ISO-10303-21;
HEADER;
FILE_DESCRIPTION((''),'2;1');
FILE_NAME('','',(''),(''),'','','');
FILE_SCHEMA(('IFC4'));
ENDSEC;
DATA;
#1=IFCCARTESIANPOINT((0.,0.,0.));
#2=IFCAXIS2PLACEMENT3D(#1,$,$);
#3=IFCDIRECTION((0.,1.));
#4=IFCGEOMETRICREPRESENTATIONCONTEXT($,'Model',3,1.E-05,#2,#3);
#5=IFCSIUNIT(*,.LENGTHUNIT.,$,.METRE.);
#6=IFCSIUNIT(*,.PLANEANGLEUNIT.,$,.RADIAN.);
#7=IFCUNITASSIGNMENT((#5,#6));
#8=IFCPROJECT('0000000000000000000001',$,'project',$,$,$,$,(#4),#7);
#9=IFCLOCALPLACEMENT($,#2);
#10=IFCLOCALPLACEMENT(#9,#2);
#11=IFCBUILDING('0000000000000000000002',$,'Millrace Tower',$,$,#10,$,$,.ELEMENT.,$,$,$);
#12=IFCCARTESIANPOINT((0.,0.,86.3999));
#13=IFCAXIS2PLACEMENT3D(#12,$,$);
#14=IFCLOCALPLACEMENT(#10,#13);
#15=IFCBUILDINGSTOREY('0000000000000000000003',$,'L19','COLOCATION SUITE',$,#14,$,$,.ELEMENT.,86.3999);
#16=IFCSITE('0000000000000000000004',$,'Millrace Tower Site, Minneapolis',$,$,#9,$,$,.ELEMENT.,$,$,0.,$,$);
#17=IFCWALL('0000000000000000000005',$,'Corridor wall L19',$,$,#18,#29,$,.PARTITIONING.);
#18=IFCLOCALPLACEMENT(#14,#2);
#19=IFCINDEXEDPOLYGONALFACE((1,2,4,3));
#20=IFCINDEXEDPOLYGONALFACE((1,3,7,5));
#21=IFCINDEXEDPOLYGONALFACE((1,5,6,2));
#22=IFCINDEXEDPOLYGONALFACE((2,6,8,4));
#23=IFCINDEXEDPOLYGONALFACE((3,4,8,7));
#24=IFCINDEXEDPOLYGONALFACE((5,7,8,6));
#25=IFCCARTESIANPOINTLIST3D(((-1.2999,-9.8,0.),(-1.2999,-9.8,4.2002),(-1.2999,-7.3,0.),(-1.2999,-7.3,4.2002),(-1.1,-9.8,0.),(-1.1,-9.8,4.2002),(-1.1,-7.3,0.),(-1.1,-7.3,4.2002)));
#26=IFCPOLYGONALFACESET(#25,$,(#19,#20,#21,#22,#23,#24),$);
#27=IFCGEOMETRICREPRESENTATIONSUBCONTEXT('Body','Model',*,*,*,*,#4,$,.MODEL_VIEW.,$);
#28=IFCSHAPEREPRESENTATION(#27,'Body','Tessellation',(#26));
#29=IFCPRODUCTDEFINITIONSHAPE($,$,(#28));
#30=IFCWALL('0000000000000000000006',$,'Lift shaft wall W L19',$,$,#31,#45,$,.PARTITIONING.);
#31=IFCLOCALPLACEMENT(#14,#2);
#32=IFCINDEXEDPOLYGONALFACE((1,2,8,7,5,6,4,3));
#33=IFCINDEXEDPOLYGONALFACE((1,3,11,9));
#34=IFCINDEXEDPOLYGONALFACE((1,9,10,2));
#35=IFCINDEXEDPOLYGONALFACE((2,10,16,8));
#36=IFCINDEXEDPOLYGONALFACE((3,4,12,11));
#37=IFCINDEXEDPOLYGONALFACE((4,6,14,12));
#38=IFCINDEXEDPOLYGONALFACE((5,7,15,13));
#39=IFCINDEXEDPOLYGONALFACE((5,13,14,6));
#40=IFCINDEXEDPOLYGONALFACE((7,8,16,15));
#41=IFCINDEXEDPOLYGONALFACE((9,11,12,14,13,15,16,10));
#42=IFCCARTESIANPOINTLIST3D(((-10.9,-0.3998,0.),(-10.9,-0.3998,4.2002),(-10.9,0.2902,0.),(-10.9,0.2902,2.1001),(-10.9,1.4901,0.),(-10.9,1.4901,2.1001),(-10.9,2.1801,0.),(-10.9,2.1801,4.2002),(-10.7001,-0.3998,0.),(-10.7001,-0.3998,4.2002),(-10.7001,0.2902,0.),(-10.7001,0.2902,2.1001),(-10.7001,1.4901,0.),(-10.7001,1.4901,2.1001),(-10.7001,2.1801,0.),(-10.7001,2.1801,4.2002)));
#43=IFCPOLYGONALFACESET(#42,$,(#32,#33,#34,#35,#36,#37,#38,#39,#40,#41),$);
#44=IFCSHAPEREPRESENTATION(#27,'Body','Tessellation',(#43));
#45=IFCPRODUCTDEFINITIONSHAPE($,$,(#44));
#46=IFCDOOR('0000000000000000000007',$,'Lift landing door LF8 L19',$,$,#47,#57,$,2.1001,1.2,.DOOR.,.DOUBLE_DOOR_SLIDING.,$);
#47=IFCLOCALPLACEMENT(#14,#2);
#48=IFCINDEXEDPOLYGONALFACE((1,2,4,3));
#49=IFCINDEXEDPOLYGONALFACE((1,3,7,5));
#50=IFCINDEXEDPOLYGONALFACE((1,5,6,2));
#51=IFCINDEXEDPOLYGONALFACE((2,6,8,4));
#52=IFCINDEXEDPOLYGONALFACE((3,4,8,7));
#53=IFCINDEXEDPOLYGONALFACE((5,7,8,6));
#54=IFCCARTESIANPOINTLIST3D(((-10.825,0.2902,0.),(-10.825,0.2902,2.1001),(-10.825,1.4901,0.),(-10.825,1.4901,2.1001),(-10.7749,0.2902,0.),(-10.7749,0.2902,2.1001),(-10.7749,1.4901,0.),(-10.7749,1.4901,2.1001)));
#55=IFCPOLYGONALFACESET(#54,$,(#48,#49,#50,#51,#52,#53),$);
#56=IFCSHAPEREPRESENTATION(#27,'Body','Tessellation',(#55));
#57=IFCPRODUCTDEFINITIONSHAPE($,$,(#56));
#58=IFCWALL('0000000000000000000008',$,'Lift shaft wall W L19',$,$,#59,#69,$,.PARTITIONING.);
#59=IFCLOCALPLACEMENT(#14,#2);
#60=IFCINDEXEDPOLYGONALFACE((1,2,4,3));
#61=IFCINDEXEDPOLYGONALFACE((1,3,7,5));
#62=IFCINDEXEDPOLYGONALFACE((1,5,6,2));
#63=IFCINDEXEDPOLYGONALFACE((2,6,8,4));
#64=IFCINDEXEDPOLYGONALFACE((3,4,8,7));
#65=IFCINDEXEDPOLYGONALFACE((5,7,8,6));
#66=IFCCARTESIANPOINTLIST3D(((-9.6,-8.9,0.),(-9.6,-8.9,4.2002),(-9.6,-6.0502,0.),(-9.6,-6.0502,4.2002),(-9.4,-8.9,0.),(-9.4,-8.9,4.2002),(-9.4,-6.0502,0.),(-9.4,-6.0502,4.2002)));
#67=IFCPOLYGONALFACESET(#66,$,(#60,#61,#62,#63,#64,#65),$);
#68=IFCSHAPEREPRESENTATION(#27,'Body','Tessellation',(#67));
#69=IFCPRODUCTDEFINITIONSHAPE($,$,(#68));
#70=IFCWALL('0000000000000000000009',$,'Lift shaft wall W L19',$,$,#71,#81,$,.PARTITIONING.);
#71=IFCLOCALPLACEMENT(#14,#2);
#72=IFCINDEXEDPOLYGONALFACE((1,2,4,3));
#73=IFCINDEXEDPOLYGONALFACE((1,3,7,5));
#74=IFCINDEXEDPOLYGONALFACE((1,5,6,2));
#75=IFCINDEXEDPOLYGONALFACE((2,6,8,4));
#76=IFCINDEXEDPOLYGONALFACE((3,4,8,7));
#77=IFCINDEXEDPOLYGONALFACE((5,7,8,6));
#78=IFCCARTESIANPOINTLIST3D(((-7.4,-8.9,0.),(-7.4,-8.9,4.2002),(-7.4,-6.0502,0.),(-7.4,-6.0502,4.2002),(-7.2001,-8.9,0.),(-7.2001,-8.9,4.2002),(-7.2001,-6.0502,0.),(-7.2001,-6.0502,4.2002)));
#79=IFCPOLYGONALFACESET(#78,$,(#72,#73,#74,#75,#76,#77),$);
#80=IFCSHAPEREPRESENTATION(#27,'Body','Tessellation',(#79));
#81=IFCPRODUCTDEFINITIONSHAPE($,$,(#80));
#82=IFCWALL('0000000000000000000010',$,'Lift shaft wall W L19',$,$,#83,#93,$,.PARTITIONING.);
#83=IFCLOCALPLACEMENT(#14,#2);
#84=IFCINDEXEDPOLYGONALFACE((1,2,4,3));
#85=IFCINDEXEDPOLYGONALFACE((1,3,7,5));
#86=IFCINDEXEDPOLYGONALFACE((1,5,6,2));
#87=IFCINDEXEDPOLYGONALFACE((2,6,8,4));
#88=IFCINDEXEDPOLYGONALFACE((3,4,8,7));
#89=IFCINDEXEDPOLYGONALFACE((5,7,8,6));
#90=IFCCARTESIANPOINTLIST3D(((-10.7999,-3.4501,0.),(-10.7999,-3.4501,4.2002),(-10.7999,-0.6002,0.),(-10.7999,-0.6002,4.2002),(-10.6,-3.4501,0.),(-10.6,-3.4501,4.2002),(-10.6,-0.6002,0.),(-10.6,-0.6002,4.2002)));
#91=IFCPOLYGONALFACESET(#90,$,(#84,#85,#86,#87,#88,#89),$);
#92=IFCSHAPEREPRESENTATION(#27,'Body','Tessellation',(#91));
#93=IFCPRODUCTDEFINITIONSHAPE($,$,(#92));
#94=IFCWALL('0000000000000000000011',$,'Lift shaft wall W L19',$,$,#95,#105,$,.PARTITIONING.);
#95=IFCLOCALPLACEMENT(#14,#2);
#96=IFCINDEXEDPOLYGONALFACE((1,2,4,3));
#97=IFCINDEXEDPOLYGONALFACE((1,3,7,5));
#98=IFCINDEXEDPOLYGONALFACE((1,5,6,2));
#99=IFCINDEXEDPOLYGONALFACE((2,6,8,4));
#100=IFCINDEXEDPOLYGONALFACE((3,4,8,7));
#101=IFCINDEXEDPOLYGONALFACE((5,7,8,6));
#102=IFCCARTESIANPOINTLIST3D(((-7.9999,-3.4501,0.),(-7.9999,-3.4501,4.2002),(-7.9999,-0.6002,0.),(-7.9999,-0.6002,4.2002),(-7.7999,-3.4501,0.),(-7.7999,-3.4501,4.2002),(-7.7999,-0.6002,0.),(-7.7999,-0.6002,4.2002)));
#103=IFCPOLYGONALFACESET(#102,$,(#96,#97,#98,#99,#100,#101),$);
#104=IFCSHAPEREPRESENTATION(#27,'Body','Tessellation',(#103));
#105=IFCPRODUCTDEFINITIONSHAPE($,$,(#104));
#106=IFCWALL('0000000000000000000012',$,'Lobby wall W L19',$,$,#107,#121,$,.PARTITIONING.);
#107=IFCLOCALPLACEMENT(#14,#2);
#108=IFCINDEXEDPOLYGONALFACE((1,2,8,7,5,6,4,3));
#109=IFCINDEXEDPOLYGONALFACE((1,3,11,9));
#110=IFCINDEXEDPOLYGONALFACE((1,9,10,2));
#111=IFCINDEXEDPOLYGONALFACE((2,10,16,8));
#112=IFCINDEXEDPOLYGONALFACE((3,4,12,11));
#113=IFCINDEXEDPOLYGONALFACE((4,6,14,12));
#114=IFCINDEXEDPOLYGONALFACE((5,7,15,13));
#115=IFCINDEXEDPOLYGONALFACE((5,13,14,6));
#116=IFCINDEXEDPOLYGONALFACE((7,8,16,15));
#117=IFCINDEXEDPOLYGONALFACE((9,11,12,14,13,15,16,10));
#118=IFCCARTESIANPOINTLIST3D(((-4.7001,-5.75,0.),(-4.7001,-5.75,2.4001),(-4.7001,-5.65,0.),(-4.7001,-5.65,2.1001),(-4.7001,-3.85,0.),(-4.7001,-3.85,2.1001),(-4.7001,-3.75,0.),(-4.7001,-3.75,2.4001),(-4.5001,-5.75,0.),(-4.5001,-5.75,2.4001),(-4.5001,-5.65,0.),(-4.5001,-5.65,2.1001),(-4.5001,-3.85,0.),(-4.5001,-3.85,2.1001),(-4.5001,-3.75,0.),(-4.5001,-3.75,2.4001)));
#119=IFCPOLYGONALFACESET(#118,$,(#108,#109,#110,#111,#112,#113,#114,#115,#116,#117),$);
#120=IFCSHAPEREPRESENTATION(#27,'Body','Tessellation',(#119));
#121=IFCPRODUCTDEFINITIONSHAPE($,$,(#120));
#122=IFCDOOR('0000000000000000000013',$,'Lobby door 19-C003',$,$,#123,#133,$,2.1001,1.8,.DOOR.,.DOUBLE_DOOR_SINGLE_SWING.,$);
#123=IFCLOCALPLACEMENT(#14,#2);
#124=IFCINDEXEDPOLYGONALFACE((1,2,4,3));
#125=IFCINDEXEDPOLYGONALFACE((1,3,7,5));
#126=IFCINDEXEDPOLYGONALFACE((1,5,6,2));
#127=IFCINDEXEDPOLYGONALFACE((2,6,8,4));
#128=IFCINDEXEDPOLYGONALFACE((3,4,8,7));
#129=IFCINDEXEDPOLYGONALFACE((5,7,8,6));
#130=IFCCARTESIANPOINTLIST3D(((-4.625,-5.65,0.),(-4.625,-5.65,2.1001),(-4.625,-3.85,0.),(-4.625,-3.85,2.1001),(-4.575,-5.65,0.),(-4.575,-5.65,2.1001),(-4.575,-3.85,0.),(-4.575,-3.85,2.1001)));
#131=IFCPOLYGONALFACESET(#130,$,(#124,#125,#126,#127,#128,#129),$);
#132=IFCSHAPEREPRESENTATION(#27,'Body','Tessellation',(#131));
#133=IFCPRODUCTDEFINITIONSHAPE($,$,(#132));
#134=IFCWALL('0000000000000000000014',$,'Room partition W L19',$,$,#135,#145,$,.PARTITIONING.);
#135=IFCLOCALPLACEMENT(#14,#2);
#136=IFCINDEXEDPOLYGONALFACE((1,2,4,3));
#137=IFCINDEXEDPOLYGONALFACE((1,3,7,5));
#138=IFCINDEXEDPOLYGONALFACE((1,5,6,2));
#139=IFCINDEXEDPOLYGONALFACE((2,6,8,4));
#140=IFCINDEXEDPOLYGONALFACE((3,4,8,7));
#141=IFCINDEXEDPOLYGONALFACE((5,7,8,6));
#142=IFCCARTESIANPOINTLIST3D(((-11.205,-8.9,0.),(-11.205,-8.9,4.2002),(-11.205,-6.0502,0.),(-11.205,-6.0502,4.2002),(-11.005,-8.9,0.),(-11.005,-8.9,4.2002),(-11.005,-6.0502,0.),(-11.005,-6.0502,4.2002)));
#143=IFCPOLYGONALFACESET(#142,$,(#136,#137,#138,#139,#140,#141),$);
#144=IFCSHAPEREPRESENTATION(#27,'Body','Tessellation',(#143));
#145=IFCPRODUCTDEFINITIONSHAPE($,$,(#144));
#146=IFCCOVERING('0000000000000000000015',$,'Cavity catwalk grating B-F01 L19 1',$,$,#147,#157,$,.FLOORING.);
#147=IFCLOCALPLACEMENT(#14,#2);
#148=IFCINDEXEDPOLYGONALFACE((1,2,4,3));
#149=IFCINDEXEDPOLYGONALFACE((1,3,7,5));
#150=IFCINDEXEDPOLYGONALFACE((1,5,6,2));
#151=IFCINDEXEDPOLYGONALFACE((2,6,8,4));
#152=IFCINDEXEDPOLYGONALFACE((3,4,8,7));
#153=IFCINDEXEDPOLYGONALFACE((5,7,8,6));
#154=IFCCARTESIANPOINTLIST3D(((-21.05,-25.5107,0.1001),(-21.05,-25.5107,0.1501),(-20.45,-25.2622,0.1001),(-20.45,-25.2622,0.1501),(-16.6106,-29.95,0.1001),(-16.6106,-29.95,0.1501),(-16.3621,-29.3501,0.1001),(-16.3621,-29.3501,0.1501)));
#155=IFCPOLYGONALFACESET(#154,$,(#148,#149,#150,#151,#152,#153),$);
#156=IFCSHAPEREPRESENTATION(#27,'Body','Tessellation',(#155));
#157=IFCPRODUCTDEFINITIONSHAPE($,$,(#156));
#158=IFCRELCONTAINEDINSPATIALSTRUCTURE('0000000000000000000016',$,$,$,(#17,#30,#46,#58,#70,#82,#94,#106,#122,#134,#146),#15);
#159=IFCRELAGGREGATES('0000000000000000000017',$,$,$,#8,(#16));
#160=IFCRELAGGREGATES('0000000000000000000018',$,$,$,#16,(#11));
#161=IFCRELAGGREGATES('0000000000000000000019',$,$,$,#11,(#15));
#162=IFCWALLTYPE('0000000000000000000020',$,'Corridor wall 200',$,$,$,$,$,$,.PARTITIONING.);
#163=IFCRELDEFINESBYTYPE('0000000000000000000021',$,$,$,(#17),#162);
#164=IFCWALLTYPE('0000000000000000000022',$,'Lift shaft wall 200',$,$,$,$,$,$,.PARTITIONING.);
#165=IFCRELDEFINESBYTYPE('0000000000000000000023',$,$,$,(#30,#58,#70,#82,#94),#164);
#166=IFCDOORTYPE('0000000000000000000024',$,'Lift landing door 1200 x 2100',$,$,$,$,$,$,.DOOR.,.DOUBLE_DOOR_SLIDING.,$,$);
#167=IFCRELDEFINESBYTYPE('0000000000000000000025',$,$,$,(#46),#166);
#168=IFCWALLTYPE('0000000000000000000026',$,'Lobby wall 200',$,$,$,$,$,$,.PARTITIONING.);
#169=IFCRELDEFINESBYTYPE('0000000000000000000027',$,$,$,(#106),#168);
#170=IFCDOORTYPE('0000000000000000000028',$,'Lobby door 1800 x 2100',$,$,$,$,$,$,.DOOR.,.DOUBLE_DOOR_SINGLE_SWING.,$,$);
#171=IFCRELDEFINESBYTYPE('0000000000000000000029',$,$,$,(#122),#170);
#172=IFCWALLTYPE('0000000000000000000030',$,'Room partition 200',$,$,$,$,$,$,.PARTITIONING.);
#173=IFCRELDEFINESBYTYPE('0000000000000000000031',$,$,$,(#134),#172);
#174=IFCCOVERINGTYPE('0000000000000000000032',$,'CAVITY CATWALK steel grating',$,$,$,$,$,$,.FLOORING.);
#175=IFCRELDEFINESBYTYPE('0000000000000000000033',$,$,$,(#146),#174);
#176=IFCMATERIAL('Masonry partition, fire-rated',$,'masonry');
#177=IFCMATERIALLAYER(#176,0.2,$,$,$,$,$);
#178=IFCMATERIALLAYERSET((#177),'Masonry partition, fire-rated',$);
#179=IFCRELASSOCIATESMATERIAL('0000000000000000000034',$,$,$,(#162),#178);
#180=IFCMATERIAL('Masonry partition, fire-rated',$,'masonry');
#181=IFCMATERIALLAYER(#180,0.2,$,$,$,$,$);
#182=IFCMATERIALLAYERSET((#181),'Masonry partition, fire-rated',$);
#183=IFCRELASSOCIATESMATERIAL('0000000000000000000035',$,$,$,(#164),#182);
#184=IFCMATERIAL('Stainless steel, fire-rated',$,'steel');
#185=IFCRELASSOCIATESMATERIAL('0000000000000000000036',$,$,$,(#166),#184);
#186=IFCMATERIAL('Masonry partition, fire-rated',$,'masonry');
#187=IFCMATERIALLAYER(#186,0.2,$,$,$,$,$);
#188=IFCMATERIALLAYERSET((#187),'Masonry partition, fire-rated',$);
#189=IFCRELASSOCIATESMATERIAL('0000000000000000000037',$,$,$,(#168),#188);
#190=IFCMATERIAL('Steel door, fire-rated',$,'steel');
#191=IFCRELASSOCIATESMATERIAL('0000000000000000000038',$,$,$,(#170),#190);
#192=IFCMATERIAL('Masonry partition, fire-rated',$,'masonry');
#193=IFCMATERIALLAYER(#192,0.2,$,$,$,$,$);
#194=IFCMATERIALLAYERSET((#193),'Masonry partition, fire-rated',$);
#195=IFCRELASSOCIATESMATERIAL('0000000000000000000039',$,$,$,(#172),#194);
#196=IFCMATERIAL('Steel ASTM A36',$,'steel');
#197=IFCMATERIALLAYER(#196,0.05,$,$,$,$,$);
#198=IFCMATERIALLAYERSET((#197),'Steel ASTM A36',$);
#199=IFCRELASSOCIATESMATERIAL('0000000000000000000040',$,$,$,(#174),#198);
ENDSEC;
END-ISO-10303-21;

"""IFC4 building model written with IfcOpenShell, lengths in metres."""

from ifc_helpers import new_model, si_unit, direction, frame, frame_2d, origin, place, context, subcontext, project, spatial, polyline, rectangle, outline, extrude, material, layer, layer_set, type_object, element, fill, save


model = new_model("IFC4")

# Units and contexts
model_context = context("Model", 3, precision=1e-05, world=origin(), true_north=direction((0.0, 1.0)))
body_context = subcontext(model_context, "Body", "Model", "MODEL_VIEW")
ifc_project = project(units=[si_unit("LENGTHUNIT", "METRE"), si_unit("PLANEANGLEUNIT", "RADIAN")], contexts=[model_context])

# Site, building, storey
site_placement = place(None, origin())
site = spatial("IfcSite", under=ifc_project, at=site_placement, Name="Millrace Tower Site, Minneapolis", CompositionType="ELEMENT", RefElevation=0.0)
building_placement = place(site_placement, origin())
building = spatial("IfcBuilding", under=site, at=building_placement, Name="Millrace Tower", CompositionType="ELEMENT")
storey_placement = place(building_placement, frame((0.0, 0.0, 86.3999)))
storey = spatial("IfcBuildingStorey", under=building, at=storey_placement, Name="L19", Description="COLOCATION SUITE", CompositionType="ELEMENT", Elevation=86.3999)

# Shared definitions
ifc_material_1 = material(Name="Masonry partition, fire-rated", Category="masonry")
ifc_layer_1 = layer(ifc_material_1, 0.2)
ifc_layer_set_1 = layer_set([ifc_layer_1], Name="Masonry partition, fire-rated")
wall_type_1 = type_object("IfcWallType", Name="Corridor wall 200", PredefinedType="PARTITIONING", material=ifc_layer_set_1)

# Wall
wall_1_placement = place(storey_placement, frame((-1.2, -9.8, 0.0), z_axis=(0.0, 0.0, 1.0), x_axis=(0.0, 1.0, 0.0)))
element("IfcWall", 1, at=wall_1_placement, inside=storey, type_object=wall_type_1, Name="Corridor wall L19", PredefinedType="PARTITIONING", context=body_context, shape_type="SweptSolid", body=[
    extrude(rectangle(XDim=2.5, YDim=0.2, at=frame_2d((1.25, 0.0))), origin(), (0.0, 0.0, 1.0), 4.2002),
])

# Wall, opening, door
ifc_material_2 = material(Name="Masonry partition, fire-rated", Category="masonry")
ifc_layer_2 = layer(ifc_material_2, 0.2)
ifc_layer_set_2 = layer_set([ifc_layer_2], Name="Masonry partition, fire-rated")
wall_type_2 = type_object("IfcWallType", Name="Lift shaft wall 200", PredefinedType="PARTITIONING", material=ifc_layer_set_2)
wall_2_placement = place(storey_placement, frame((-10.8, -0.3999, 0.0), z_axis=(0.0, 0.0, 1.0), x_axis=(0.0, 1.0, 0.0)))
wall_2 = element("IfcWall", 2, at=wall_2_placement, inside=storey, type_object=wall_type_2, Name="Lift shaft wall W L19", PredefinedType="PARTITIONING", context=body_context, shape_type="SweptSolid", body=[
    extrude(rectangle(XDim=2.5798, YDim=0.2, at=frame_2d((1.29, 0.0))), origin(), (0.0, 0.0, 1.0), 4.2002),
])
opening_1_placement = place(wall_2_placement, frame((0.6899, 0.0, 0.0)))
opening_1 = element("IfcOpeningElement", 3, at=opening_1_placement, cuts=wall_2, PredefinedType="OPENING", context=body_context, shape_type="SweptSolid", body=[
    extrude(rectangle(XDim=1.2, YDim=2.1001, at=frame_2d((0.6001, 1.05))), frame((0.0, 0.1099, 0.0), z_axis=(0.0, -1.0, 0.0), x_axis=(1.0, 0.0, 0.0)), (0.0, 0.0, 1.0), 0.22),
])
ifc_material_3 = material(Name="Stainless steel, fire-rated", Category="steel")
door_type_1 = type_object("IfcDoorType", Name="Lift landing door 1200 x 2100", OperationType="DOUBLE_DOOR_SLIDING", PredefinedType="DOOR", material=ifc_material_3)
door_1_placement = place(opening_1_placement, origin())
door_1 = element("IfcDoor", 4, at=door_1_placement, inside=storey, type_object=door_type_1, Name="Lift landing door LF8 L19", OperationType="DOUBLE_DOOR_SLIDING", OverallHeight=2.1001, OverallWidth=1.2, PredefinedType="DOOR", context=body_context, shape_type="SweptSolid", body=[
    extrude(rectangle(XDim=1.2, YDim=2.1001, at=frame_2d((0.6001, 1.05))), frame((0.0, 0.0249, 0.0), z_axis=(0.0, -1.0, 0.0), x_axis=(1.0, 0.0, 0.0)), (0.0, 0.0, 1.0), 0.05),
])
fill(opening_1, door_1)

# Walls
for number, where, z_axis, x_axis, name in (
    (5, (-9.5, -8.8999, 0.0), (0.0, 0.0, 1.0), (0.0, 1.0, 0.0), "Lift shaft wall W L19"),
    (6, (-7.3, -8.8999, 0.0), (0.0, 0.0, 1.0), (0.0, 1.0, 0.0), "Lift shaft wall W L19"),
    (7, (-10.7, -3.45, 0.0), (0.0, 0.0, 1.0), (0.0, 1.0, 0.0), "Lift shaft wall W L19"),
    (8, (-7.8999, -3.45, 0.0), (0.0, 0.0, 1.0), (0.0, 1.0, 0.0), "Lift shaft wall W L19"),
):
    element("IfcWall", number, at=place(storey_placement, frame(where, z_axis=z_axis, x_axis=x_axis)), inside=storey, type_object=wall_type_2, Name=name, PredefinedType="PARTITIONING", context=body_context, shape_type="SweptSolid", body=[
        extrude(rectangle(XDim=2.8499, YDim=0.2, at=frame_2d((1.4248, 0.0))), origin(), (0.0, 0.0, 1.0), 4.2002),
    ])

# Wall, opening, door
ifc_material_4 = material(Name="Masonry partition, fire-rated", Category="masonry")
ifc_layer_3 = layer(ifc_material_4, 0.2)
ifc_layer_set_3 = layer_set([ifc_layer_3], Name="Masonry partition, fire-rated")
wall_type_3 = type_object("IfcWallType", Name="Lobby wall 200", PredefinedType="PARTITIONING", material=ifc_layer_set_3)
wall_3_placement = place(storey_placement, frame((-4.6001, -5.75, 0.0), z_axis=(0.0, 0.0, 1.0), x_axis=(0.0, 1.0, 0.0)))
wall_3 = element("IfcWall", 9, at=wall_3_placement, inside=storey, type_object=wall_type_3, Name="Lobby wall W L19", PredefinedType="PARTITIONING", context=body_context, shape_type="SweptSolid", body=[
    extrude(rectangle(XDim=2.0, YDim=0.2, at=frame_2d((1.0, 0.0))), origin(), (0.0, 0.0, 1.0), 2.4001),
])
opening_2_placement = place(wall_3_placement, frame((0.1001, 0.0, 0.0)))
opening_2 = element("IfcOpeningElement", 10, at=opening_2_placement, cuts=wall_3, PredefinedType="OPENING", context=body_context, shape_type="SweptSolid", body=[
    extrude(rectangle(XDim=1.8, YDim=2.1001, at=frame_2d((0.8999, 1.05))), frame((0.0, 0.1099, 0.0), z_axis=(0.0, -1.0, 0.0), x_axis=(1.0, 0.0, 0.0)), (0.0, 0.0, 1.0), 0.22),
])
ifc_material_5 = material(Name="Steel door, fire-rated", Category="steel")
door_type_2 = type_object("IfcDoorType", Name="Lobby door 1800 x 2100", OperationType="DOUBLE_DOOR_SINGLE_SWING", PredefinedType="DOOR", material=ifc_material_5)
door_2_placement = place(opening_2_placement, origin())
door_2 = element("IfcDoor", 11, at=door_2_placement, inside=storey, type_object=door_type_2, Name="Lobby door 19-C003", OperationType="DOUBLE_DOOR_SINGLE_SWING", OverallHeight=2.1001, OverallWidth=1.8, PredefinedType="DOOR", context=body_context, shape_type="SweptSolid", body=[
    extrude(rectangle(XDim=1.8, YDim=2.1001, at=frame_2d((0.8999, 1.05))), frame((0.0, 0.0249, 0.0), z_axis=(0.0, -1.0, 0.0), x_axis=(1.0, 0.0, 0.0)), (0.0, 0.0, 1.0), 0.05),
])
fill(opening_2, door_2)

# Wall
ifc_material_6 = material(Name="Masonry partition, fire-rated", Category="masonry")
ifc_layer_4 = layer(ifc_material_6, 0.2)
ifc_layer_set_4 = layer_set([ifc_layer_4], Name="Masonry partition, fire-rated")
wall_type_4 = type_object("IfcWallType", Name="Room partition 200", PredefinedType="PARTITIONING", material=ifc_layer_set_4)
wall_4_placement = place(storey_placement, frame((-11.105, -8.8999, 0.0), z_axis=(0.0, 0.0, 1.0), x_axis=(0.0, 1.0, 0.0)))
element("IfcWall", 12, at=wall_4_placement, inside=storey, type_object=wall_type_4, Name="Room partition W L19", PredefinedType="PARTITIONING", context=body_context, shape_type="SweptSolid", body=[
    extrude(rectangle(XDim=2.8499, YDim=0.2, at=frame_2d((1.4248, 0.0))), origin(), (0.0, 0.0, 1.0), 4.2002),
])

# Covering
ifc_material_7 = material(Name="Steel ASTM A36", Category="steel")
ifc_layer_5 = layer(ifc_material_7, 0.05)
ifc_layer_set_5 = layer_set([ifc_layer_5], Name="Steel ASTM A36")
covering_type = type_object("IfcCoveringType", Name="CAVITY CATWALK steel grating", PredefinedType="FLOORING", material=ifc_layer_set_5)
covering_placement = place(storey_placement, frame((0.0, 0.0, 0.1001)))
element("IfcCovering", 13, at=covering_placement, inside=storey, type_object=covering_type, Name="Cavity catwalk grating B-F01 L19 1", PredefinedType="FLOORING", context=body_context, shape_type="SweptSolid", body=[
    extrude(outline(polyline([(-21.05, -25.5107), (-16.6106, -29.95), (-16.3621, -29.3501), (-20.45, -25.2622), (-21.05, -25.5107)])), origin(), (0.0, 0.0, 1.0), 0.05),
])

save(model, "model.ifc")
